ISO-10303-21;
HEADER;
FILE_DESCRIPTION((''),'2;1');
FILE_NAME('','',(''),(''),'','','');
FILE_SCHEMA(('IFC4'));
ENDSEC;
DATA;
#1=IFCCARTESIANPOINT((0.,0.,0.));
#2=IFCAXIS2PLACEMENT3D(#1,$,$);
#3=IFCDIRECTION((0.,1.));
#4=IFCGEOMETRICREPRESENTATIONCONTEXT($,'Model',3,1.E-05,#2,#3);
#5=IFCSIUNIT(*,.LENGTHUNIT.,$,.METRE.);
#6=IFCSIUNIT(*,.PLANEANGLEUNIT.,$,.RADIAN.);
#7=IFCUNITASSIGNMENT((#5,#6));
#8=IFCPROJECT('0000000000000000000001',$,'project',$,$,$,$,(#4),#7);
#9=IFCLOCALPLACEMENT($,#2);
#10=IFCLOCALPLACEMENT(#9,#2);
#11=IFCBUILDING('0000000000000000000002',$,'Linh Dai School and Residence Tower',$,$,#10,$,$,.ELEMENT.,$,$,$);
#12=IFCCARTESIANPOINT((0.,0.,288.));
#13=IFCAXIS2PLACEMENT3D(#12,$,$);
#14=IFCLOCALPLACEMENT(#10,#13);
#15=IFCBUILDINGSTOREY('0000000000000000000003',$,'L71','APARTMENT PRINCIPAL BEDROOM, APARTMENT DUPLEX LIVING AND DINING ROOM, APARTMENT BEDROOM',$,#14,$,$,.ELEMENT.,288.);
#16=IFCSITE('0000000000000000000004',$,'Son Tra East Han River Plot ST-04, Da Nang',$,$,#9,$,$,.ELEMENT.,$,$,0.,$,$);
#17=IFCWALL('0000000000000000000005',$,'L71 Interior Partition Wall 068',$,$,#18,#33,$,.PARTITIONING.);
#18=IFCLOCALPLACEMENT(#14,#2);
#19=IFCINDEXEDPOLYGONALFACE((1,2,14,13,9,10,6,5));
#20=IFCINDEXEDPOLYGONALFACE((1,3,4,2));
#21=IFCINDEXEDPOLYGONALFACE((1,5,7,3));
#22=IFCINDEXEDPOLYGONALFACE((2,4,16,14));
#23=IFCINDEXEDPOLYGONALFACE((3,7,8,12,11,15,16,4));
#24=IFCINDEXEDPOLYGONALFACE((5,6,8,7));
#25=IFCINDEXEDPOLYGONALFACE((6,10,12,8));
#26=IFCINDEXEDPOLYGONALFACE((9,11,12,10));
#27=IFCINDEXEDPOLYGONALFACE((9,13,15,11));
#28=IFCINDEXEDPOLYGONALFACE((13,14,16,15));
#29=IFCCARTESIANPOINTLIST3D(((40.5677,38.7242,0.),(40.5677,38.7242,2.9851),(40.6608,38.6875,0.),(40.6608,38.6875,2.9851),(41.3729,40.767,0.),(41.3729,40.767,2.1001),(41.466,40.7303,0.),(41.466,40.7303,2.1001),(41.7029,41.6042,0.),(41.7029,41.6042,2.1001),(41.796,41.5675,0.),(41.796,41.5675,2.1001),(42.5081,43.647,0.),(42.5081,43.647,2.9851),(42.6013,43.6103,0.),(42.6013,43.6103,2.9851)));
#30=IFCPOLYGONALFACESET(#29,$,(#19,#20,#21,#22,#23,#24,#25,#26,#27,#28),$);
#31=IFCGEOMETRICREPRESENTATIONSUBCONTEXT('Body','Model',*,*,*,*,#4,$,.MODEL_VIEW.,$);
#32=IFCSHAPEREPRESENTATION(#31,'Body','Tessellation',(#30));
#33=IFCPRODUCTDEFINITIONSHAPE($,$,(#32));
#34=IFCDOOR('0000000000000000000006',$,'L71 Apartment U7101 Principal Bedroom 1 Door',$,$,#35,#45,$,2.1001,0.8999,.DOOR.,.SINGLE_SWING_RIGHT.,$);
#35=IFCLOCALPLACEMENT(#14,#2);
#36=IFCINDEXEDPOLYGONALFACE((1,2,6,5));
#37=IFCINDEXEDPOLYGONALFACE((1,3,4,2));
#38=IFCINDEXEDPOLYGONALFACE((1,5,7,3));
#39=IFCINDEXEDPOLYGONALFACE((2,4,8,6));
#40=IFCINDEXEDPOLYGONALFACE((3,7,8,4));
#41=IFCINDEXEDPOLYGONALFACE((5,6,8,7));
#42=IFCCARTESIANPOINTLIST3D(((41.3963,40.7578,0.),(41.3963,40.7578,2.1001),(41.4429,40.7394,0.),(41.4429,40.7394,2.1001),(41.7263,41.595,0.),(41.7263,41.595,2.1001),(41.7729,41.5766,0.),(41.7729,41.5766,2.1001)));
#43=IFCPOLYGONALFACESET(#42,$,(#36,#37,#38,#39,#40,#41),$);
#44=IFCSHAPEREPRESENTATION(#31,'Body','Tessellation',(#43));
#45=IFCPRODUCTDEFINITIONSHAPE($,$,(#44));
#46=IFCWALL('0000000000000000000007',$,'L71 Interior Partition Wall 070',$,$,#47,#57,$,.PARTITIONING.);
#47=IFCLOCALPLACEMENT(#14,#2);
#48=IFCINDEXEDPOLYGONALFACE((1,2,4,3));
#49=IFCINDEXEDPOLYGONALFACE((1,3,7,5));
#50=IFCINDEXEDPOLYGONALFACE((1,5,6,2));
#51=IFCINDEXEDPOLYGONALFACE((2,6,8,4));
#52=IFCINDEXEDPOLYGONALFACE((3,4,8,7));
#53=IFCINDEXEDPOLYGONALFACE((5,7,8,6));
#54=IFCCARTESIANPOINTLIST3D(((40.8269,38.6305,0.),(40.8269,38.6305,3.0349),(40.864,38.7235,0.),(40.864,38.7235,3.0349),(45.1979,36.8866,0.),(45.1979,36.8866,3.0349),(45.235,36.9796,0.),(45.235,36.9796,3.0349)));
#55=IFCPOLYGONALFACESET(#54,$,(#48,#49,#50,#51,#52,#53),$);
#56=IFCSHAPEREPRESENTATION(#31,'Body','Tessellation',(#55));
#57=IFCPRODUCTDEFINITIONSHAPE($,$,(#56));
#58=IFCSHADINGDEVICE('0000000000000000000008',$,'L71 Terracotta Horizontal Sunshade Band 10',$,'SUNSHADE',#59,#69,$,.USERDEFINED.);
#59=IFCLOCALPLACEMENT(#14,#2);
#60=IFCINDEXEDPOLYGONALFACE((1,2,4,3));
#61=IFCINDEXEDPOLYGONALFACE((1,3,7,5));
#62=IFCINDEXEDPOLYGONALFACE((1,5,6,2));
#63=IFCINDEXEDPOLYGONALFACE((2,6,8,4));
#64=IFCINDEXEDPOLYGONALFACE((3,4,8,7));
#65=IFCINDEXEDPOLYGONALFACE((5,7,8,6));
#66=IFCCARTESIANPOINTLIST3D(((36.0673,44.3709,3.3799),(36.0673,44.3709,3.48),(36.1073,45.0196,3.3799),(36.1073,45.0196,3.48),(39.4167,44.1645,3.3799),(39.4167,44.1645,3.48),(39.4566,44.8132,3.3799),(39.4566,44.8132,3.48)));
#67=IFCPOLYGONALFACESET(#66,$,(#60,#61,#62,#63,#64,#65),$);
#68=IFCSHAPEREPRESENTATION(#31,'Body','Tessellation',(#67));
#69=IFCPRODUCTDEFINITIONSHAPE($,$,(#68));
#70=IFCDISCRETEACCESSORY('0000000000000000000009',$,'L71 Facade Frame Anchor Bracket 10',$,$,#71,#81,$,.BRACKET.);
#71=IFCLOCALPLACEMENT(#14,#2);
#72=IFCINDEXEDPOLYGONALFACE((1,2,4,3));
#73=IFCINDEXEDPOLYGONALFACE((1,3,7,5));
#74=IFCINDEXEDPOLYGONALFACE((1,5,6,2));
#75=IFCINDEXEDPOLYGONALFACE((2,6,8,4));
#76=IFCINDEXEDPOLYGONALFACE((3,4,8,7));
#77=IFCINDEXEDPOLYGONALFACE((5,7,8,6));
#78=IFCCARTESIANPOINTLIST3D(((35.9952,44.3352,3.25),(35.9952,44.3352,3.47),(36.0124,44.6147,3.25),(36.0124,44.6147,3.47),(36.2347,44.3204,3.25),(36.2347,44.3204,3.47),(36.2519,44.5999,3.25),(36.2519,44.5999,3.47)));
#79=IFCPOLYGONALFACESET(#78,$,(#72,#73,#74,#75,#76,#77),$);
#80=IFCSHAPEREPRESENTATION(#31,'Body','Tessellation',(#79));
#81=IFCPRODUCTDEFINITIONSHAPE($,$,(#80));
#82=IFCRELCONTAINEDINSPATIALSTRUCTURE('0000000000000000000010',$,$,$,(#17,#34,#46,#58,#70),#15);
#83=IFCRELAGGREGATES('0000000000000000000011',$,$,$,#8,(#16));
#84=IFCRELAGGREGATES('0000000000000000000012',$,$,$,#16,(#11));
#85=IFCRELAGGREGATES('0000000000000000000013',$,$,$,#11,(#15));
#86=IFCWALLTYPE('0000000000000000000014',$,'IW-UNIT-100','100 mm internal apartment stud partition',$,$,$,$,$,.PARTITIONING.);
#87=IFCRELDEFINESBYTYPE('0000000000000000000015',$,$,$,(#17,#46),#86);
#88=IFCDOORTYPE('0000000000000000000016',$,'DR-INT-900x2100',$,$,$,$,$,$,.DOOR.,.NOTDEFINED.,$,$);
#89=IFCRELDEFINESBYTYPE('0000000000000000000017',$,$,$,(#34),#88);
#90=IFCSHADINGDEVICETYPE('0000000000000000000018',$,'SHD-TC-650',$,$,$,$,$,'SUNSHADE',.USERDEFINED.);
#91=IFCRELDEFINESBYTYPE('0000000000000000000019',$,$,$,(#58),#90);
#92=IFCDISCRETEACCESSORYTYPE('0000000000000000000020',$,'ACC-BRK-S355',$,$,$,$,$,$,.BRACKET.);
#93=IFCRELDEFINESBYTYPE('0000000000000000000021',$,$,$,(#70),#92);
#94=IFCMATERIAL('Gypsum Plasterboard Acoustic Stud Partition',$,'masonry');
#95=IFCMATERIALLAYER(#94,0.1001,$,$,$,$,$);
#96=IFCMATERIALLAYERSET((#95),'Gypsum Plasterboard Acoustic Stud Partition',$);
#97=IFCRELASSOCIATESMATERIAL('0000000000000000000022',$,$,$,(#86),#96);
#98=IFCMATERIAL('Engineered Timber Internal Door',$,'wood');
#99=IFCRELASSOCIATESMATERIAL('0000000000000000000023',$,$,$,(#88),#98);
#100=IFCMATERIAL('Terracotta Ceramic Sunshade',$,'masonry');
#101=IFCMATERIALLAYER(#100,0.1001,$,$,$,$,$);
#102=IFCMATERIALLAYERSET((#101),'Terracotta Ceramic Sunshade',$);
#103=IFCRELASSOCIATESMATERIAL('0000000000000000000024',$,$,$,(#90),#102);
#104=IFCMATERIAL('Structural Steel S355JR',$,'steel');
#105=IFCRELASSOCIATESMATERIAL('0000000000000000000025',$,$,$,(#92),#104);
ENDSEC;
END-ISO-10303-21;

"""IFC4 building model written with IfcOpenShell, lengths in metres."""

from ifc_helpers import new_model, si_unit, direction, frame, frame_2d, origin, origin_2d, place, context, subcontext, project, spatial, rectangle, extrude, source, transform, mapped, material, layer, layer_set, type_object, element, fill, save


model = new_model("IFC4")

# Units and contexts
model_context = context("Model", 3, precision=1e-05, world=origin(), true_north=direction((0.0, 1.0)))
body_context = subcontext(model_context, "Body", "Model", "MODEL_VIEW")
ifc_project = project(units=[si_unit("LENGTHUNIT", "METRE"), si_unit("PLANEANGLEUNIT", "RADIAN")], contexts=[model_context])

# Site, building, storey
site_placement = place(None, origin())
site = spatial("IfcSite", under=ifc_project, at=site_placement, Name="Son Tra East Han River Plot ST-04, Da Nang", CompositionType="ELEMENT", RefElevation=0.0)
building_placement = place(site_placement, origin())
building = spatial("IfcBuilding", under=site, at=building_placement, Name="Linh Dai School and Residence Tower", CompositionType="ELEMENT")
storey_placement = place(building_placement, frame((0.0, 0.0, 288.0)))
storey = spatial("IfcBuildingStorey", under=building, at=storey_placement, Name="L71", Description="APARTMENT PRINCIPAL BEDROOM, APARTMENT DUPLEX LIVING AND DINING ROOM, APARTMENT BEDROOM", CompositionType="ELEMENT", Elevation=288.0)

# Shared definitions
ifc_material_1 = material(Name="Structural Steel S355JR", Category="steel")

# Shared definitions
ifc_material_2 = material(Name="Gypsum Plasterboard Acoustic Stud Partition", Category="masonry")
ifc_layer_1 = layer(ifc_material_2, 0.1001)
ifc_layer_set_1 = layer_set([ifc_layer_1], Name="Gypsum Plasterboard Acoustic Stud Partition")
wall_type_1 = type_object("IfcWallType", Name="IW-UNIT-100", Description="100 mm internal apartment stud partition", PredefinedType="PARTITIONING", material=ifc_layer_set_1)

# Wall, opening, door
wall_1_placement = place(storey_placement, frame((40.6143, 38.7058, 0.0), z_axis=(0.0, 0.0, 1.0), x_axis=(0.366708, 0.930336, 0.0)))
wall_1 = element("IfcWall", 1, at=wall_1_placement, inside=storey, type_object=wall_type_1, Name="L71 Interior Partition Wall 068", PredefinedType="PARTITIONING", context=body_context, shape_type="SweptSolid", body=[
    extrude(rectangle(XDim=5.2915, YDim=0.1001, at=frame_2d((2.6458, 0.0))), origin(), (0.0, 0.0, 1.0), 2.9851),
])
opening_1_placement = place(wall_1_placement, frame((2.1958, 0.0, 0.0)))
opening_1 = element("IfcOpeningElement", 2, at=opening_1_placement, cuts=wall_1, PredefinedType="OPENING", context=body_context, shape_type="SweptSolid", body=[
    extrude(rectangle(XDim=0.8999, YDim=2.1001, at=origin_2d()), frame((0.45, 0.0601, 1.05), z_axis=(0.0, -1.0, 0.0), x_axis=(1.0, 0.0, 0.0)), (0.0, 0.0, 1.0), 0.1201),
])
ifc_material_3 = material(Name="Engineered Timber Internal Door", Category="wood")
door_type_1 = type_object("IfcDoorType", Name="DR-INT-900x2100", OperationType="NOTDEFINED", PredefinedType="DOOR", material=ifc_material_3)
shared_shape_1 = source(origin(), body_context, "Body", "SweptSolid", [
    extrude(rectangle(XDim=0.8999, YDim=2.1001, at=origin_2d()), frame((0.45, 0.0249, 1.05), z_axis=(0.0, -1.0, 0.0), x_axis=(1.0, 0.0, 0.0)), (0.0, 0.0, 1.0), 0.05),
])
door_1_placement = place(opening_1_placement, origin())
door_1 = element("IfcDoor", 3, at=door_1_placement, inside=storey, type_object=door_type_1, Name="L71 Apartment U7101 Principal Bedroom 1 Door", OperationType="SINGLE_SWING_RIGHT", OverallHeight=2.1001, OverallWidth=0.8999, PredefinedType="DOOR", context=body_context, shape_type="MappedRepresentation", body=[
    mapped(shared_shape_1, transform((0.0, 0.0, 0.0), x_axis=(1.0, 0.0, 0.0), y_axis=(0.0, 1.0, 0.0), z_axis=(0.0, 0.0, 1.0), scale=1.0)),
])
fill(opening_1, door_1)

# Wall
wall_2_placement = place(storey_placement, frame((40.8455, 38.677, 0.0), z_axis=(0.0, 0.0, 1.0), x_axis=(0.928809, -0.370559, 0.0)))
element("IfcWall", 4, at=wall_2_placement, inside=storey, type_object=wall_type_1, Name="L71 Interior Partition Wall 070", PredefinedType="PARTITIONING", context=body_context, shape_type="SweptSolid", body=[
    extrude(rectangle(XDim=4.7061, YDim=0.1001, at=frame_2d((2.353, 0.0))), origin(), (0.0, 0.0, 1.0), 3.0349),
])

# Shading device
ifc_material_4 = material(Name="Terracotta Ceramic Sunshade", Category="masonry")
ifc_layer_2 = layer(ifc_material_4, 0.1001)
ifc_layer_set_2 = layer_set([ifc_layer_2], Name="Terracotta Ceramic Sunshade")
shading_device_type = type_object("IfcShadingDeviceType", Name="SHD-TC-650", ElementType="SUNSHADE", PredefinedType="USERDEFINED", material=ifc_layer_set_2)
shared_shape_2 = source(origin(), body_context, "Body", "SweptSolid", [
    extrude(rectangle(XDim=3.3557, YDim=0.6499, at=origin_2d()), origin(), (0.0, 0.0, 1.0), 0.1001),
])
shading_device_placement = place(storey_placement, frame((37.762, 44.592, 3.3799), z_axis=(0.0, 0.0, 1.0), x_axis=(0.998106, -0.06151, 0.0)))
element("IfcShadingDevice", 5, at=shading_device_placement, inside=storey, type_object=shading_device_type, Name="L71 Terracotta Horizontal Sunshade Band 10", ObjectType="SUNSHADE", PredefinedType="USERDEFINED", context=body_context, shape_type="MappedRepresentation", body=[
    mapped(shared_shape_2, transform((0.0, 0.0, 0.0), x_axis=(1.0, 0.0, 0.0), y_axis=(0.0, 1.0, 0.0), z_axis=(0.0, 0.0, 1.0), scale=1.0)),
])

# Discrete accessory
discrete_accessory_type = type_object("IfcDiscreteAccessoryType", Name="ACC-BRK-S355", PredefinedType="BRACKET", material=ifc_material_1)
shared_shape_3 = source(origin(), body_context, "Body", "SweptSolid", [
    extrude(rectangle(XDim=0.28, YDim=0.24, at=origin_2d()), origin(), (0.0, 0.0, 1.0), 0.22),
])
discrete_accessory_placement = place(storey_placement, frame((36.1235, 44.4675, 3.25), z_axis=(0.0, 0.0, 1.0), x_axis=(0.06151, 0.998106, 0.0)))
element("IfcDiscreteAccessory", 6, at=discrete_accessory_placement, inside=storey, type_object=discrete_accessory_type, Name="L71 Facade Frame Anchor Bracket 10", PredefinedType="BRACKET", context=body_context, shape_type="MappedRepresentation", body=[
    mapped(shared_shape_3, transform((0.0, 0.0, 0.0), x_axis=(1.0, 0.0, 0.0), y_axis=(0.0, 1.0, 0.0), z_axis=(0.0, 0.0, 1.0), scale=1.0)),
])

save(model, "model.ifc")
